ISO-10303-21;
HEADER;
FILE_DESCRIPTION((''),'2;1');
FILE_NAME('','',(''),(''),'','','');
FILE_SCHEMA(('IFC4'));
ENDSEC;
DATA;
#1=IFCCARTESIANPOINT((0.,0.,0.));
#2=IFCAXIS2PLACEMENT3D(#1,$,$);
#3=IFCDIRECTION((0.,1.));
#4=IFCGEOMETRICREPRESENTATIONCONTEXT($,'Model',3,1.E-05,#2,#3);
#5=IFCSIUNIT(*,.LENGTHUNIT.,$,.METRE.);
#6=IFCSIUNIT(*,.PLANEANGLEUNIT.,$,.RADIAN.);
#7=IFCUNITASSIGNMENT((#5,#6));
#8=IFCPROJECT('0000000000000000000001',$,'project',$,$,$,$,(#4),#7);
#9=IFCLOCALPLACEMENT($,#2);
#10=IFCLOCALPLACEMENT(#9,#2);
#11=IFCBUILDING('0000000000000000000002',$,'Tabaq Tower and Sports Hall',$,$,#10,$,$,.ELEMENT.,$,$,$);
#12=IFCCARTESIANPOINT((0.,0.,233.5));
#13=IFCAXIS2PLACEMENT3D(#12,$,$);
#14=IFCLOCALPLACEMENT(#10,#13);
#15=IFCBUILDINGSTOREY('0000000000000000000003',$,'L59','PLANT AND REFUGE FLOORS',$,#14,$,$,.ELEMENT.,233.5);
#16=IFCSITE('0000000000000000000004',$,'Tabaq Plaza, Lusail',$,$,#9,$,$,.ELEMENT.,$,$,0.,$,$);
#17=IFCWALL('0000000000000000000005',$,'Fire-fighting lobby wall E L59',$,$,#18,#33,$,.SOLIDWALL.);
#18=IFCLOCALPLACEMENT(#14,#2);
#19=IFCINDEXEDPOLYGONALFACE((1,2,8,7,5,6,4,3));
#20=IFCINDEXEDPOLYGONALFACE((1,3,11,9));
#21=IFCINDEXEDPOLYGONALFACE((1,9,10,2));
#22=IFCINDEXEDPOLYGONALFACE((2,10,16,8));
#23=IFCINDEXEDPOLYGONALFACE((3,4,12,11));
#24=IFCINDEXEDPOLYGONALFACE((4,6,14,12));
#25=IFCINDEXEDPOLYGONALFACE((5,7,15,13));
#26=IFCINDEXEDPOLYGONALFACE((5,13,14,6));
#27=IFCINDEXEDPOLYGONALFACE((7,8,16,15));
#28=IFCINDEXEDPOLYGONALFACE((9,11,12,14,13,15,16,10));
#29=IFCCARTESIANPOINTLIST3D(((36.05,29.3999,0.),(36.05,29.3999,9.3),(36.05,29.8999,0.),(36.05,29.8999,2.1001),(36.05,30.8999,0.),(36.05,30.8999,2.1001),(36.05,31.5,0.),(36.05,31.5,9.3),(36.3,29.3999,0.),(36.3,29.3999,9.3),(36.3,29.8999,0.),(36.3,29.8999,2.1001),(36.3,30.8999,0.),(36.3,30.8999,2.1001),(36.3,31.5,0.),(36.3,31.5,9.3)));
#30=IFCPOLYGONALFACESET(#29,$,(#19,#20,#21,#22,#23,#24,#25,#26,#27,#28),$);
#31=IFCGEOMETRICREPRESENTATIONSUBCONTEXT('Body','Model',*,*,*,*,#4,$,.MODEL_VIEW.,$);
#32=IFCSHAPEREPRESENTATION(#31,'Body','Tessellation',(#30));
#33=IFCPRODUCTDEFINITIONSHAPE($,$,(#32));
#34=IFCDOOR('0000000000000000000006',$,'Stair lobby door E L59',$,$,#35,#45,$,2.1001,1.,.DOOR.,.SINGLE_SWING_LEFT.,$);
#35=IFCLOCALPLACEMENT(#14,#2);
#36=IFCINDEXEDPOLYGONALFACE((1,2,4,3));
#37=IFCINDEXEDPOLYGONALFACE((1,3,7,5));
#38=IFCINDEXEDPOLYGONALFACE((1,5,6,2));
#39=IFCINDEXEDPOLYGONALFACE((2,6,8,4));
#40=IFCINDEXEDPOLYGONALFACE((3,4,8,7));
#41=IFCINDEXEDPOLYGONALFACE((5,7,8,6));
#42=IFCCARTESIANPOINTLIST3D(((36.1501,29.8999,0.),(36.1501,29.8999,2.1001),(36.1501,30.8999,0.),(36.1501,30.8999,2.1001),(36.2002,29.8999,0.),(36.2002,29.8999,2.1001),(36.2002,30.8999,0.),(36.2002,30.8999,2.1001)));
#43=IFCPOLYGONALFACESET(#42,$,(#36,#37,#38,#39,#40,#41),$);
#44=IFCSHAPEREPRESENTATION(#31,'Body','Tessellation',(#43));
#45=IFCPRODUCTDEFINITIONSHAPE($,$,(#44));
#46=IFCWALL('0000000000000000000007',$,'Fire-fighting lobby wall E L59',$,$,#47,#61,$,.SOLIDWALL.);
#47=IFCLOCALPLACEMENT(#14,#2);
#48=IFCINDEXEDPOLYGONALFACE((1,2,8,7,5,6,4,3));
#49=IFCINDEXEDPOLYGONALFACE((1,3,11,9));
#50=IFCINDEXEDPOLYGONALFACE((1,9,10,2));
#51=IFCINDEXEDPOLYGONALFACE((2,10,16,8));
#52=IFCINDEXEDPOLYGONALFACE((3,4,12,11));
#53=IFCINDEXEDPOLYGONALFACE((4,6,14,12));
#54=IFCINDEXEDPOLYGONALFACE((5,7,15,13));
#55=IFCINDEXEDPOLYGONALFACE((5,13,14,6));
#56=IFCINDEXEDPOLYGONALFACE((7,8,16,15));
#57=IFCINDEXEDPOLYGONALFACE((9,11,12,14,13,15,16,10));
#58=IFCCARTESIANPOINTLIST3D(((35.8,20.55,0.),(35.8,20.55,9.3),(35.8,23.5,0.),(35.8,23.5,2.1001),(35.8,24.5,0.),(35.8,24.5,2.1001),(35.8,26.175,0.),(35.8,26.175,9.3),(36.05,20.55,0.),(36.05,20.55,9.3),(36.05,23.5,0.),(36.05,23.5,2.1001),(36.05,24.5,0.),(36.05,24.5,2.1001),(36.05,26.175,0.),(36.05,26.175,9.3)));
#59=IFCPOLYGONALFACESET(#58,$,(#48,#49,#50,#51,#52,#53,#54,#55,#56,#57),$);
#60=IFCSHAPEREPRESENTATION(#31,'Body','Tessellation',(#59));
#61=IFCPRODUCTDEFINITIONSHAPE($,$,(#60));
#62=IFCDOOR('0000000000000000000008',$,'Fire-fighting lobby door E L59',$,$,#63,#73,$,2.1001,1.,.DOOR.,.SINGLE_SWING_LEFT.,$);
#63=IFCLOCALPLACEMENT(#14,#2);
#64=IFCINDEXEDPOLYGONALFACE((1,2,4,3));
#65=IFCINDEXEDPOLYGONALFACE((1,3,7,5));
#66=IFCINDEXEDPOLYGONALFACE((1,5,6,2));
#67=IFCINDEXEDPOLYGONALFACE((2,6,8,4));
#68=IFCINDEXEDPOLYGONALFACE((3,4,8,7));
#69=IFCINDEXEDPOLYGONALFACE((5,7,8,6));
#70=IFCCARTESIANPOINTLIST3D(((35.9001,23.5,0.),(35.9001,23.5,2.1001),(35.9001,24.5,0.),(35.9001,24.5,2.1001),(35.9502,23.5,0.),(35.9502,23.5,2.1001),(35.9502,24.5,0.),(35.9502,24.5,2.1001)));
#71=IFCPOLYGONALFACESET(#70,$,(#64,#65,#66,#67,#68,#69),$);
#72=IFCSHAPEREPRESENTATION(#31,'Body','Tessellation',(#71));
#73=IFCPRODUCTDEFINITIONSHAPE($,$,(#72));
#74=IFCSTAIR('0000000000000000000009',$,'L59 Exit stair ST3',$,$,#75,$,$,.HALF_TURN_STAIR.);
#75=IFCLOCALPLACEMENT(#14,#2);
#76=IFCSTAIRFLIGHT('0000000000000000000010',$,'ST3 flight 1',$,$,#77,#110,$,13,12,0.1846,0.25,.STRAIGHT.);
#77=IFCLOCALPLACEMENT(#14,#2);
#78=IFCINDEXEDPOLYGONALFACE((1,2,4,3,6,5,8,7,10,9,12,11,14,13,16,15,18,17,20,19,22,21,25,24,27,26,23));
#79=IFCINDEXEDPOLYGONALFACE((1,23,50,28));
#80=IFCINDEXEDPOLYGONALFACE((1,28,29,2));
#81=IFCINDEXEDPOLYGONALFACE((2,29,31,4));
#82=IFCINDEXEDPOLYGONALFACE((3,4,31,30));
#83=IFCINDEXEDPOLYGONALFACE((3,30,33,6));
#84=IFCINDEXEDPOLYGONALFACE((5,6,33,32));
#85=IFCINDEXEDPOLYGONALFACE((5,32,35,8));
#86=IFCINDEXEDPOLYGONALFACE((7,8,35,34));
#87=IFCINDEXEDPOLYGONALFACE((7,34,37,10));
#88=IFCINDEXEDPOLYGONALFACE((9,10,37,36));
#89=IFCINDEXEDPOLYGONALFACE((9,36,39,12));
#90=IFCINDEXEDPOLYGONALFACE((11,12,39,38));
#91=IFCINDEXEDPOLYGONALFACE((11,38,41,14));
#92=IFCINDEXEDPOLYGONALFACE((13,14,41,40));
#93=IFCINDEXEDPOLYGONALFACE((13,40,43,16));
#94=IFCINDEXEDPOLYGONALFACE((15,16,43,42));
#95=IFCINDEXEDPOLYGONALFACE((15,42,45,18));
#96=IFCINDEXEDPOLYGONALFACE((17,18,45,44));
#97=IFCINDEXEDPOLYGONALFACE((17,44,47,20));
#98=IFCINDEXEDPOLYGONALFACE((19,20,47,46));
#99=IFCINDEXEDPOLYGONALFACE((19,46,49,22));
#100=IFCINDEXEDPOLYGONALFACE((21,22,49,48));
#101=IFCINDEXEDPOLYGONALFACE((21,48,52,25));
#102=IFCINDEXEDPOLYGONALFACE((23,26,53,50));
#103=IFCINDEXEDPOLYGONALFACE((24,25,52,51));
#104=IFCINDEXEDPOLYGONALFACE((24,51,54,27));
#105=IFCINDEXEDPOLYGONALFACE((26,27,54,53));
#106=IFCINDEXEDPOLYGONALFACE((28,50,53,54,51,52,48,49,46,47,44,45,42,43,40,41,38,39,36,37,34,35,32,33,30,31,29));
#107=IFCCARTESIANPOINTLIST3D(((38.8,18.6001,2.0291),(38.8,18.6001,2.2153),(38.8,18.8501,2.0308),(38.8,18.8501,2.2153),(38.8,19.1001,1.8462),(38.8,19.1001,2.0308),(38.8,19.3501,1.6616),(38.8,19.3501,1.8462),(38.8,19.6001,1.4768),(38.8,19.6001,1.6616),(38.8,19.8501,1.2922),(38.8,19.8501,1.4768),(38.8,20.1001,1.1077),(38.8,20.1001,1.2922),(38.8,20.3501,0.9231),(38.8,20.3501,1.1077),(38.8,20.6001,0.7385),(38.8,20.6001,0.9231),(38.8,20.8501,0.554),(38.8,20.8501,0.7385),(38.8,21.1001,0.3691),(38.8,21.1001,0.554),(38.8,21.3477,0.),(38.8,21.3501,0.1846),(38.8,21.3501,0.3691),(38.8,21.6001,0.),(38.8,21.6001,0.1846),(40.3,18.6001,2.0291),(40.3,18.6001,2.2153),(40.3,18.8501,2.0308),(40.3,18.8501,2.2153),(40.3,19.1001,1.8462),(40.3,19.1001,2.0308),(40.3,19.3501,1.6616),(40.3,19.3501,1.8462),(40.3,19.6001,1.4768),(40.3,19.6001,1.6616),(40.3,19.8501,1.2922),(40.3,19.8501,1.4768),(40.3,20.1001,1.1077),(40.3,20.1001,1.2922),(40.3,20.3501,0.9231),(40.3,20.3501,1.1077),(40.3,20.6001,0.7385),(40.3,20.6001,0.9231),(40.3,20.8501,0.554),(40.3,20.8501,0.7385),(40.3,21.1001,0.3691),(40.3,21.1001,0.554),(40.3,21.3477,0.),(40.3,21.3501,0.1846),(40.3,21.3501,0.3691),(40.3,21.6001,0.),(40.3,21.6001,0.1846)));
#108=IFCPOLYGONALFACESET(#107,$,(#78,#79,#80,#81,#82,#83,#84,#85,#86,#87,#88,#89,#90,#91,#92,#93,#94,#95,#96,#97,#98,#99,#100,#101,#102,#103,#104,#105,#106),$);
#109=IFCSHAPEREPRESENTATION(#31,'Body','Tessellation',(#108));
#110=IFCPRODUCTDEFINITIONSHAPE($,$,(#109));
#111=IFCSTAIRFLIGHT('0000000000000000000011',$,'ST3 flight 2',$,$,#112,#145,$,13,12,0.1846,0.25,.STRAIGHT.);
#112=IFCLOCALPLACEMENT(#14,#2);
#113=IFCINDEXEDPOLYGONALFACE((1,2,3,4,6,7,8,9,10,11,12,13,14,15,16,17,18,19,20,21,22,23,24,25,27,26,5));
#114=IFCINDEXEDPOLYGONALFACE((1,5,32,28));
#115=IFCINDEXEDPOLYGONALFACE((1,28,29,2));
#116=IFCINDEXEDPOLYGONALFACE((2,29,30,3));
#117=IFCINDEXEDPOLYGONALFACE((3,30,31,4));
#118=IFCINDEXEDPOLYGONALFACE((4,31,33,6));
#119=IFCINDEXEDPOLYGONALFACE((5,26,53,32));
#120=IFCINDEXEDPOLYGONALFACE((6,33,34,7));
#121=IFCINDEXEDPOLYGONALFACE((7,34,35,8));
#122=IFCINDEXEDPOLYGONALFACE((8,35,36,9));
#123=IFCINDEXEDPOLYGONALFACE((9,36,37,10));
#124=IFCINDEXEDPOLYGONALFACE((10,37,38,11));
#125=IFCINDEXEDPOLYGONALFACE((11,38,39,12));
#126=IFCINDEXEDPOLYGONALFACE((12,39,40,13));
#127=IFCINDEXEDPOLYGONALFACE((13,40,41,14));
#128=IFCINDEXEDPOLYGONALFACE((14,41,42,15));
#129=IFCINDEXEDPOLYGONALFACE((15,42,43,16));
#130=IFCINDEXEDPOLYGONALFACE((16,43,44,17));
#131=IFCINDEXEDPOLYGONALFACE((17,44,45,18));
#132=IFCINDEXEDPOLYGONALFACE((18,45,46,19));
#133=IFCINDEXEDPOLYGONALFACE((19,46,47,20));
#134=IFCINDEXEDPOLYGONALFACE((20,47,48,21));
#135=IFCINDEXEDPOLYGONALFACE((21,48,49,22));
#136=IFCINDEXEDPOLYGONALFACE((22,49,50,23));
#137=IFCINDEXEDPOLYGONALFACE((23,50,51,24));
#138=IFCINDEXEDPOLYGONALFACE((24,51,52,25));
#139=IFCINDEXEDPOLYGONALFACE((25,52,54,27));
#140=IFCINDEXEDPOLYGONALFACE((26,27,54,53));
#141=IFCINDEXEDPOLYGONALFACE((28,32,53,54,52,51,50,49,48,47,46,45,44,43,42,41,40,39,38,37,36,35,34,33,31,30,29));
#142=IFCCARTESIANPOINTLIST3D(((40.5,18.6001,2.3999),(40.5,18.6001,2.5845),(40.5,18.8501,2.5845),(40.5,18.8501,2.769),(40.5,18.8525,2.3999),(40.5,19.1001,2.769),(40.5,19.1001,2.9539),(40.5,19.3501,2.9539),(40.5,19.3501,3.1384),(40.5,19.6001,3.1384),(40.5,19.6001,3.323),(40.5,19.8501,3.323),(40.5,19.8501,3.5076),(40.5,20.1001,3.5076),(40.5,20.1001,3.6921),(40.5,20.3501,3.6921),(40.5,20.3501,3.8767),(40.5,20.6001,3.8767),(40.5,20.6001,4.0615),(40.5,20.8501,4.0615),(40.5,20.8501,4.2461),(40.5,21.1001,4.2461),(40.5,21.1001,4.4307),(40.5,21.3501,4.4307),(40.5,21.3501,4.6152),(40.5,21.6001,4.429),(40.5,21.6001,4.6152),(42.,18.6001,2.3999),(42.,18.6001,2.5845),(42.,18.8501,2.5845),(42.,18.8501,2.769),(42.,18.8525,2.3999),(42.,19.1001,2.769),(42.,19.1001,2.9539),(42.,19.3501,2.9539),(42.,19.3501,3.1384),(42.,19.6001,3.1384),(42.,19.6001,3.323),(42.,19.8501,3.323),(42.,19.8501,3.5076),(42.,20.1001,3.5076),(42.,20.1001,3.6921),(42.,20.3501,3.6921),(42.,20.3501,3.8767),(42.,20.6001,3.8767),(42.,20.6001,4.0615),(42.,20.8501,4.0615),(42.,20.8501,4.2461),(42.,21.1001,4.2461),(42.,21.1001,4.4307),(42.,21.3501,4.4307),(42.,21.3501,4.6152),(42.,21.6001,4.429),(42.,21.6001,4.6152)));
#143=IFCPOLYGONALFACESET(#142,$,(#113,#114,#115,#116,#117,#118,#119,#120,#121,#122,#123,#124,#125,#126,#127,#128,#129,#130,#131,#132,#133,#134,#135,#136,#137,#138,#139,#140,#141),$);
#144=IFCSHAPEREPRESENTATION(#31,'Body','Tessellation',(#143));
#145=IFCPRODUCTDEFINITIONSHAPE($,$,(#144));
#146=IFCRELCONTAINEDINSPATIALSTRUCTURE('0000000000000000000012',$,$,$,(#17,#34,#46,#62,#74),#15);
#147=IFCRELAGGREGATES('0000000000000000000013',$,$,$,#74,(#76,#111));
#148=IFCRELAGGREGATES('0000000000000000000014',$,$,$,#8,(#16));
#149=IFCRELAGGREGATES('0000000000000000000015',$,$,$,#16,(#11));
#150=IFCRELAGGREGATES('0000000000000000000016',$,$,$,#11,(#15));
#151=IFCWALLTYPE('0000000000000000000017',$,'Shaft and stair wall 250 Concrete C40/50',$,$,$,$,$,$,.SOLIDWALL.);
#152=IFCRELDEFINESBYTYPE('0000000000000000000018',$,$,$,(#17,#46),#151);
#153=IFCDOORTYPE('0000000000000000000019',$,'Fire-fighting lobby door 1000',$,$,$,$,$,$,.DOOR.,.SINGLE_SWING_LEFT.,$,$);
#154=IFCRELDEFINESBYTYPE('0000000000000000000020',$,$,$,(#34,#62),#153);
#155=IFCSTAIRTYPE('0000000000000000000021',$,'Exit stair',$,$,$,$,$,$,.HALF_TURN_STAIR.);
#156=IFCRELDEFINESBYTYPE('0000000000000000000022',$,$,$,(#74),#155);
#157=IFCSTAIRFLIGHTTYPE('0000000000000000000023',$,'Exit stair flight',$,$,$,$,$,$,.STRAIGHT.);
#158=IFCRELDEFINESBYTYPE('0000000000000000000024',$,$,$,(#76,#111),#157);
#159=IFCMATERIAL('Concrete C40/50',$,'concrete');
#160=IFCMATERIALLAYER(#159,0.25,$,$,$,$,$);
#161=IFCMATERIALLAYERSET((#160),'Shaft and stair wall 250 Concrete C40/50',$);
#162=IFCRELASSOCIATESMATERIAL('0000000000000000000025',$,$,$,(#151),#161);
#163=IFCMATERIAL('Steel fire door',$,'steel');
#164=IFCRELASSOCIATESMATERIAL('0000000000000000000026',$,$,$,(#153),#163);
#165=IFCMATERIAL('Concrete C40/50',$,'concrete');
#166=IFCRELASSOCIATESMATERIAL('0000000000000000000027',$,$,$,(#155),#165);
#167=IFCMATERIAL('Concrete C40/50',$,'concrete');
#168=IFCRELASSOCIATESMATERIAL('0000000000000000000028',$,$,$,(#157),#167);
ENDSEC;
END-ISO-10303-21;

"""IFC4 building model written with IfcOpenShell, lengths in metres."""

from ifc_helpers import new_model, si_unit, direction, frame, frame_2d, origin, place, context, subcontext, project, spatial, polyline, rectangle, outline, extrude, material, layer, layer_set, type_object, element, fill, aggregate, save


model = new_model("IFC4")

# Units and contexts
model_context = context("Model", 3, precision=1e-05, world=origin(), true_north=direction((0.0, 1.0)))
body_context = subcontext(model_context, "Body", "Model", "MODEL_VIEW")
ifc_project = project(units=[si_unit("LENGTHUNIT", "METRE"), si_unit("PLANEANGLEUNIT", "RADIAN")], contexts=[model_context])

# Site, building, storey
site_placement = place(None, origin())
site = spatial("IfcSite", under=ifc_project, at=site_placement, Name="Tabaq Plaza, Lusail", CompositionType="ELEMENT", RefElevation=0.0)
building_placement = place(site_placement, origin())
building = spatial("IfcBuilding", under=site, at=building_placement, Name="Tabaq Tower and Sports Hall", CompositionType="ELEMENT")
storey_placement = place(building_placement, frame((0.0, 0.0, 233.5)))
storey = spatial("IfcBuildingStorey", under=building, at=storey_placement, Name="L59", Description="PLANT AND REFUGE FLOORS", CompositionType="ELEMENT", Elevation=233.5)

# Shared definitions
ifc_material_1 = material(Name="Concrete C40/50", Category="concrete")
ifc_layer_1 = layer(ifc_material_1, 0.25)
ifc_layer_set_1 = layer_set([ifc_layer_1], Name="Shaft and stair wall 250 Concrete C40/50")
wall_type_1 = type_object("IfcWallType", Name="Shaft and stair wall 250 Concrete C40/50", PredefinedType="SOLIDWALL", material=ifc_layer_set_1)

# Walls, openings, doors
wall_1_placement = place(storey_placement, frame((36.175, 29.3999, 0.0), z_axis=(0.0, 0.0, 1.0), x_axis=(0.0, 1.0, 0.0)))
wall_1 = element("IfcWall", 1, at=wall_1_placement, inside=storey, type_object=wall_type_1, Name="Fire-fighting lobby wall E L59", PredefinedType="SOLIDWALL", context=body_context, shape_type="SweptSolid", body=[
    extrude(rectangle(XDim=2.1001, YDim=0.25, at=frame_2d((1.05, 0.0))), origin(), (0.0, 0.0, 1.0), 9.3),
])
opening_1_placement = place(wall_1_placement, frame((0.5, 0.0, 0.0)))
opening_1 = element("IfcOpeningElement", 2, at=opening_1_placement, cuts=wall_1, PredefinedType="OPENING", context=body_context, shape_type="SweptSolid", body=[
    extrude(rectangle(XDim=1.0, YDim=2.1001, at=frame_2d((0.5, 1.05))), frame((0.0, 0.125, 0.0), z_axis=(0.0, -1.0, 0.0), x_axis=(1.0, 0.0, 0.0)), (0.0, 0.0, 1.0), 0.25),
])
ifc_material_2 = material(Name="Steel fire door", Category="steel")
door_type_1 = type_object("IfcDoorType", Name="Fire-fighting lobby door 1000", OperationType="SINGLE_SWING_LEFT", PredefinedType="DOOR", material=ifc_material_2)
door_1_placement = place(opening_1_placement, origin())
door_1 = element("IfcDoor", 3, at=door_1_placement, inside=storey, type_object=door_type_1, Name="Stair lobby door E L59", OperationType="SINGLE_SWING_LEFT", OverallHeight=2.1001, OverallWidth=1.0, PredefinedType="DOOR", context=body_context, shape_type="SweptSolid", body=[
    extrude(rectangle(XDim=1.0, YDim=2.1001, at=frame_2d((0.5, 1.05))), frame((0.0, 0.0249, 0.0), z_axis=(0.0, -1.0, 0.0), x_axis=(1.0, 0.0, 0.0)), (0.0, 0.0, 1.0), 0.05),
])
fill(opening_1, door_1)
wall_2_placement = place(storey_placement, frame((35.925, 20.55, 0.0), z_axis=(0.0, 0.0, 1.0), x_axis=(0.0, 1.0, 0.0)))
wall_2 = element("IfcWall", 4, at=wall_2_placement, inside=storey, type_object=wall_type_1, Name="Fire-fighting lobby wall E L59", PredefinedType="SOLIDWALL", context=body_context, shape_type="SweptSolid", body=[
    extrude(rectangle(XDim=5.625, YDim=0.25, at=frame_2d((2.8125, 0.0))), origin(), (0.0, 0.0, 1.0), 9.3),
])
opening_2_placement = place(wall_2_placement, frame((2.95, 0.0, 0.0)))
opening_2 = element("IfcOpeningElement", 5, at=opening_2_placement, cuts=wall_2, PredefinedType="OPENING", context=body_context, shape_type="SweptSolid", body=[
    extrude(rectangle(XDim=1.0, YDim=2.1001, at=frame_2d((0.5, 1.05))), frame((0.0, 0.125, 0.0), z_axis=(0.0, -1.0, 0.0), x_axis=(1.0, 0.0, 0.0)), (0.0, 0.0, 1.0), 0.25),
])
door_2_placement = place(opening_2_placement, origin())
door_2 = element("IfcDoor", 6, at=door_2_placement, inside=storey, type_object=door_type_1, Name="Fire-fighting lobby door E L59", OperationType="SINGLE_SWING_LEFT", OverallHeight=2.1001, OverallWidth=1.0, PredefinedType="DOOR", context=body_context, shape_type="SweptSolid", body=[
    extrude(rectangle(XDim=1.0, YDim=2.1001, at=frame_2d((0.5, 1.05))), frame((0.0, 0.0249, 0.0), z_axis=(0.0, -1.0, 0.0), x_axis=(1.0, 0.0, 0.0)), (0.0, 0.0, 1.0), 0.05),
])
fill(opening_2, door_2)

# Stair, stair flights
ifc_material_3 = material(Name="Concrete C40/50", Category="concrete")
stair_type = type_object("IfcStairType", Name="Exit stair", PredefinedType="HALF_TURN_STAIR", material=ifc_material_3)
stair_placement = place(storey_placement, origin())
stair = element("IfcStair", 7, at=stair_placement, inside=storey, type_object=stair_type, Name="L59 Exit stair ST3", PredefinedType="HALF_TURN_STAIR")
ifc_material_4 = material(Name="Concrete C40/50", Category="concrete")
stair_flight_type = type_object("IfcStairFlightType", Name="Exit stair flight", PredefinedType="STRAIGHT", material=ifc_material_4)
stair_flight_1_placement = place(storey_placement, frame((39.55, 21.6001, 0.0), z_axis=(0.0, 0.0, 1.0), x_axis=(0.0, -1.0, 0.0)))
stair_flight_1 = element("IfcStairFlight", 8, at=stair_flight_1_placement, type_object=stair_flight_type, Name="ST3 flight 1", NumberOfRisers=13, NumberOfTreads=12, PredefinedType="STRAIGHT", RiserHeight=0.1846, TreadLength=0.25, context=body_context, shape_type="SweptSolid", body=[
    extrude(outline(polyline([(0.0, 0.0), (0.0, 0.1846), (0.25, 0.1846), (0.25, 0.3691), (0.5, 0.3691), (0.5, 0.554), (0.75, 0.554), (0.75, 0.7385), (1.0, 0.7385), (1.0, 0.9231), (1.25, 0.9231), (1.25, 1.1077), (1.5, 1.1077), (1.5, 1.2922), (1.75, 1.2922), (1.75, 1.4768), (2.0, 1.4768), (2.0, 1.6616), (2.25, 1.6616), (2.25, 1.8462), (2.5, 1.8462), (2.5, 2.0308), (2.75, 2.0308), (2.75, 2.2153), (3.0, 2.2153), (3.0, 2.3999), (3.0, 2.0291), (0.2524, 0.0), (0.0, 0.0)])), frame((0.0, 0.75, 0.0), z_axis=(0.0, -1.0, 0.0), x_axis=(1.0, 0.0, 0.0)), (0.0, 0.0, 1.0), 1.5),
])
stair_flight_2_placement = place(storey_placement, frame((41.25, 18.6001, 2.3999), z_axis=(0.0, 0.0, 1.0), x_axis=(0.0, 1.0, 0.0)))
stair_flight_2 = element("IfcStairFlight", 9, at=stair_flight_2_placement, type_object=stair_flight_type, Name="ST3 flight 2", NumberOfRisers=13, NumberOfTreads=12, PredefinedType="STRAIGHT", RiserHeight=0.1846, TreadLength=0.25, context=body_context, shape_type="SweptSolid", body=[
    extrude(outline(polyline([(0.0, 0.0), (0.0, 0.1846), (0.25, 0.1846), (0.25, 0.3691), (0.5, 0.3691), (0.5, 0.554), (0.75, 0.554), (0.75, 0.7385), (1.0, 0.7385), (1.0, 0.9231), (1.25, 0.9231), (1.25, 1.1077), (1.5, 1.1077), (1.5, 1.2922), (1.75, 1.2922), (1.75, 1.4768), (2.0, 1.4768), (2.0, 1.6616), (2.25, 1.6616), (2.25, 1.8462), (2.5, 1.8462), (2.5, 2.0308), (2.75, 2.0308), (2.75, 2.2153), (3.0, 2.2153), (3.0, 2.3999), (3.0, 2.0291), (0.2524, 0.0), (0.0, 0.0)])), frame((0.0, 0.75, 0.0), z_axis=(0.0, -1.0, 0.0), x_axis=(1.0, 0.0, 0.0)), (0.0, 0.0, 1.0), 1.5),
])
aggregate(stair, [stair_flight_1, stair_flight_2])

save(model, "model.ifc")
